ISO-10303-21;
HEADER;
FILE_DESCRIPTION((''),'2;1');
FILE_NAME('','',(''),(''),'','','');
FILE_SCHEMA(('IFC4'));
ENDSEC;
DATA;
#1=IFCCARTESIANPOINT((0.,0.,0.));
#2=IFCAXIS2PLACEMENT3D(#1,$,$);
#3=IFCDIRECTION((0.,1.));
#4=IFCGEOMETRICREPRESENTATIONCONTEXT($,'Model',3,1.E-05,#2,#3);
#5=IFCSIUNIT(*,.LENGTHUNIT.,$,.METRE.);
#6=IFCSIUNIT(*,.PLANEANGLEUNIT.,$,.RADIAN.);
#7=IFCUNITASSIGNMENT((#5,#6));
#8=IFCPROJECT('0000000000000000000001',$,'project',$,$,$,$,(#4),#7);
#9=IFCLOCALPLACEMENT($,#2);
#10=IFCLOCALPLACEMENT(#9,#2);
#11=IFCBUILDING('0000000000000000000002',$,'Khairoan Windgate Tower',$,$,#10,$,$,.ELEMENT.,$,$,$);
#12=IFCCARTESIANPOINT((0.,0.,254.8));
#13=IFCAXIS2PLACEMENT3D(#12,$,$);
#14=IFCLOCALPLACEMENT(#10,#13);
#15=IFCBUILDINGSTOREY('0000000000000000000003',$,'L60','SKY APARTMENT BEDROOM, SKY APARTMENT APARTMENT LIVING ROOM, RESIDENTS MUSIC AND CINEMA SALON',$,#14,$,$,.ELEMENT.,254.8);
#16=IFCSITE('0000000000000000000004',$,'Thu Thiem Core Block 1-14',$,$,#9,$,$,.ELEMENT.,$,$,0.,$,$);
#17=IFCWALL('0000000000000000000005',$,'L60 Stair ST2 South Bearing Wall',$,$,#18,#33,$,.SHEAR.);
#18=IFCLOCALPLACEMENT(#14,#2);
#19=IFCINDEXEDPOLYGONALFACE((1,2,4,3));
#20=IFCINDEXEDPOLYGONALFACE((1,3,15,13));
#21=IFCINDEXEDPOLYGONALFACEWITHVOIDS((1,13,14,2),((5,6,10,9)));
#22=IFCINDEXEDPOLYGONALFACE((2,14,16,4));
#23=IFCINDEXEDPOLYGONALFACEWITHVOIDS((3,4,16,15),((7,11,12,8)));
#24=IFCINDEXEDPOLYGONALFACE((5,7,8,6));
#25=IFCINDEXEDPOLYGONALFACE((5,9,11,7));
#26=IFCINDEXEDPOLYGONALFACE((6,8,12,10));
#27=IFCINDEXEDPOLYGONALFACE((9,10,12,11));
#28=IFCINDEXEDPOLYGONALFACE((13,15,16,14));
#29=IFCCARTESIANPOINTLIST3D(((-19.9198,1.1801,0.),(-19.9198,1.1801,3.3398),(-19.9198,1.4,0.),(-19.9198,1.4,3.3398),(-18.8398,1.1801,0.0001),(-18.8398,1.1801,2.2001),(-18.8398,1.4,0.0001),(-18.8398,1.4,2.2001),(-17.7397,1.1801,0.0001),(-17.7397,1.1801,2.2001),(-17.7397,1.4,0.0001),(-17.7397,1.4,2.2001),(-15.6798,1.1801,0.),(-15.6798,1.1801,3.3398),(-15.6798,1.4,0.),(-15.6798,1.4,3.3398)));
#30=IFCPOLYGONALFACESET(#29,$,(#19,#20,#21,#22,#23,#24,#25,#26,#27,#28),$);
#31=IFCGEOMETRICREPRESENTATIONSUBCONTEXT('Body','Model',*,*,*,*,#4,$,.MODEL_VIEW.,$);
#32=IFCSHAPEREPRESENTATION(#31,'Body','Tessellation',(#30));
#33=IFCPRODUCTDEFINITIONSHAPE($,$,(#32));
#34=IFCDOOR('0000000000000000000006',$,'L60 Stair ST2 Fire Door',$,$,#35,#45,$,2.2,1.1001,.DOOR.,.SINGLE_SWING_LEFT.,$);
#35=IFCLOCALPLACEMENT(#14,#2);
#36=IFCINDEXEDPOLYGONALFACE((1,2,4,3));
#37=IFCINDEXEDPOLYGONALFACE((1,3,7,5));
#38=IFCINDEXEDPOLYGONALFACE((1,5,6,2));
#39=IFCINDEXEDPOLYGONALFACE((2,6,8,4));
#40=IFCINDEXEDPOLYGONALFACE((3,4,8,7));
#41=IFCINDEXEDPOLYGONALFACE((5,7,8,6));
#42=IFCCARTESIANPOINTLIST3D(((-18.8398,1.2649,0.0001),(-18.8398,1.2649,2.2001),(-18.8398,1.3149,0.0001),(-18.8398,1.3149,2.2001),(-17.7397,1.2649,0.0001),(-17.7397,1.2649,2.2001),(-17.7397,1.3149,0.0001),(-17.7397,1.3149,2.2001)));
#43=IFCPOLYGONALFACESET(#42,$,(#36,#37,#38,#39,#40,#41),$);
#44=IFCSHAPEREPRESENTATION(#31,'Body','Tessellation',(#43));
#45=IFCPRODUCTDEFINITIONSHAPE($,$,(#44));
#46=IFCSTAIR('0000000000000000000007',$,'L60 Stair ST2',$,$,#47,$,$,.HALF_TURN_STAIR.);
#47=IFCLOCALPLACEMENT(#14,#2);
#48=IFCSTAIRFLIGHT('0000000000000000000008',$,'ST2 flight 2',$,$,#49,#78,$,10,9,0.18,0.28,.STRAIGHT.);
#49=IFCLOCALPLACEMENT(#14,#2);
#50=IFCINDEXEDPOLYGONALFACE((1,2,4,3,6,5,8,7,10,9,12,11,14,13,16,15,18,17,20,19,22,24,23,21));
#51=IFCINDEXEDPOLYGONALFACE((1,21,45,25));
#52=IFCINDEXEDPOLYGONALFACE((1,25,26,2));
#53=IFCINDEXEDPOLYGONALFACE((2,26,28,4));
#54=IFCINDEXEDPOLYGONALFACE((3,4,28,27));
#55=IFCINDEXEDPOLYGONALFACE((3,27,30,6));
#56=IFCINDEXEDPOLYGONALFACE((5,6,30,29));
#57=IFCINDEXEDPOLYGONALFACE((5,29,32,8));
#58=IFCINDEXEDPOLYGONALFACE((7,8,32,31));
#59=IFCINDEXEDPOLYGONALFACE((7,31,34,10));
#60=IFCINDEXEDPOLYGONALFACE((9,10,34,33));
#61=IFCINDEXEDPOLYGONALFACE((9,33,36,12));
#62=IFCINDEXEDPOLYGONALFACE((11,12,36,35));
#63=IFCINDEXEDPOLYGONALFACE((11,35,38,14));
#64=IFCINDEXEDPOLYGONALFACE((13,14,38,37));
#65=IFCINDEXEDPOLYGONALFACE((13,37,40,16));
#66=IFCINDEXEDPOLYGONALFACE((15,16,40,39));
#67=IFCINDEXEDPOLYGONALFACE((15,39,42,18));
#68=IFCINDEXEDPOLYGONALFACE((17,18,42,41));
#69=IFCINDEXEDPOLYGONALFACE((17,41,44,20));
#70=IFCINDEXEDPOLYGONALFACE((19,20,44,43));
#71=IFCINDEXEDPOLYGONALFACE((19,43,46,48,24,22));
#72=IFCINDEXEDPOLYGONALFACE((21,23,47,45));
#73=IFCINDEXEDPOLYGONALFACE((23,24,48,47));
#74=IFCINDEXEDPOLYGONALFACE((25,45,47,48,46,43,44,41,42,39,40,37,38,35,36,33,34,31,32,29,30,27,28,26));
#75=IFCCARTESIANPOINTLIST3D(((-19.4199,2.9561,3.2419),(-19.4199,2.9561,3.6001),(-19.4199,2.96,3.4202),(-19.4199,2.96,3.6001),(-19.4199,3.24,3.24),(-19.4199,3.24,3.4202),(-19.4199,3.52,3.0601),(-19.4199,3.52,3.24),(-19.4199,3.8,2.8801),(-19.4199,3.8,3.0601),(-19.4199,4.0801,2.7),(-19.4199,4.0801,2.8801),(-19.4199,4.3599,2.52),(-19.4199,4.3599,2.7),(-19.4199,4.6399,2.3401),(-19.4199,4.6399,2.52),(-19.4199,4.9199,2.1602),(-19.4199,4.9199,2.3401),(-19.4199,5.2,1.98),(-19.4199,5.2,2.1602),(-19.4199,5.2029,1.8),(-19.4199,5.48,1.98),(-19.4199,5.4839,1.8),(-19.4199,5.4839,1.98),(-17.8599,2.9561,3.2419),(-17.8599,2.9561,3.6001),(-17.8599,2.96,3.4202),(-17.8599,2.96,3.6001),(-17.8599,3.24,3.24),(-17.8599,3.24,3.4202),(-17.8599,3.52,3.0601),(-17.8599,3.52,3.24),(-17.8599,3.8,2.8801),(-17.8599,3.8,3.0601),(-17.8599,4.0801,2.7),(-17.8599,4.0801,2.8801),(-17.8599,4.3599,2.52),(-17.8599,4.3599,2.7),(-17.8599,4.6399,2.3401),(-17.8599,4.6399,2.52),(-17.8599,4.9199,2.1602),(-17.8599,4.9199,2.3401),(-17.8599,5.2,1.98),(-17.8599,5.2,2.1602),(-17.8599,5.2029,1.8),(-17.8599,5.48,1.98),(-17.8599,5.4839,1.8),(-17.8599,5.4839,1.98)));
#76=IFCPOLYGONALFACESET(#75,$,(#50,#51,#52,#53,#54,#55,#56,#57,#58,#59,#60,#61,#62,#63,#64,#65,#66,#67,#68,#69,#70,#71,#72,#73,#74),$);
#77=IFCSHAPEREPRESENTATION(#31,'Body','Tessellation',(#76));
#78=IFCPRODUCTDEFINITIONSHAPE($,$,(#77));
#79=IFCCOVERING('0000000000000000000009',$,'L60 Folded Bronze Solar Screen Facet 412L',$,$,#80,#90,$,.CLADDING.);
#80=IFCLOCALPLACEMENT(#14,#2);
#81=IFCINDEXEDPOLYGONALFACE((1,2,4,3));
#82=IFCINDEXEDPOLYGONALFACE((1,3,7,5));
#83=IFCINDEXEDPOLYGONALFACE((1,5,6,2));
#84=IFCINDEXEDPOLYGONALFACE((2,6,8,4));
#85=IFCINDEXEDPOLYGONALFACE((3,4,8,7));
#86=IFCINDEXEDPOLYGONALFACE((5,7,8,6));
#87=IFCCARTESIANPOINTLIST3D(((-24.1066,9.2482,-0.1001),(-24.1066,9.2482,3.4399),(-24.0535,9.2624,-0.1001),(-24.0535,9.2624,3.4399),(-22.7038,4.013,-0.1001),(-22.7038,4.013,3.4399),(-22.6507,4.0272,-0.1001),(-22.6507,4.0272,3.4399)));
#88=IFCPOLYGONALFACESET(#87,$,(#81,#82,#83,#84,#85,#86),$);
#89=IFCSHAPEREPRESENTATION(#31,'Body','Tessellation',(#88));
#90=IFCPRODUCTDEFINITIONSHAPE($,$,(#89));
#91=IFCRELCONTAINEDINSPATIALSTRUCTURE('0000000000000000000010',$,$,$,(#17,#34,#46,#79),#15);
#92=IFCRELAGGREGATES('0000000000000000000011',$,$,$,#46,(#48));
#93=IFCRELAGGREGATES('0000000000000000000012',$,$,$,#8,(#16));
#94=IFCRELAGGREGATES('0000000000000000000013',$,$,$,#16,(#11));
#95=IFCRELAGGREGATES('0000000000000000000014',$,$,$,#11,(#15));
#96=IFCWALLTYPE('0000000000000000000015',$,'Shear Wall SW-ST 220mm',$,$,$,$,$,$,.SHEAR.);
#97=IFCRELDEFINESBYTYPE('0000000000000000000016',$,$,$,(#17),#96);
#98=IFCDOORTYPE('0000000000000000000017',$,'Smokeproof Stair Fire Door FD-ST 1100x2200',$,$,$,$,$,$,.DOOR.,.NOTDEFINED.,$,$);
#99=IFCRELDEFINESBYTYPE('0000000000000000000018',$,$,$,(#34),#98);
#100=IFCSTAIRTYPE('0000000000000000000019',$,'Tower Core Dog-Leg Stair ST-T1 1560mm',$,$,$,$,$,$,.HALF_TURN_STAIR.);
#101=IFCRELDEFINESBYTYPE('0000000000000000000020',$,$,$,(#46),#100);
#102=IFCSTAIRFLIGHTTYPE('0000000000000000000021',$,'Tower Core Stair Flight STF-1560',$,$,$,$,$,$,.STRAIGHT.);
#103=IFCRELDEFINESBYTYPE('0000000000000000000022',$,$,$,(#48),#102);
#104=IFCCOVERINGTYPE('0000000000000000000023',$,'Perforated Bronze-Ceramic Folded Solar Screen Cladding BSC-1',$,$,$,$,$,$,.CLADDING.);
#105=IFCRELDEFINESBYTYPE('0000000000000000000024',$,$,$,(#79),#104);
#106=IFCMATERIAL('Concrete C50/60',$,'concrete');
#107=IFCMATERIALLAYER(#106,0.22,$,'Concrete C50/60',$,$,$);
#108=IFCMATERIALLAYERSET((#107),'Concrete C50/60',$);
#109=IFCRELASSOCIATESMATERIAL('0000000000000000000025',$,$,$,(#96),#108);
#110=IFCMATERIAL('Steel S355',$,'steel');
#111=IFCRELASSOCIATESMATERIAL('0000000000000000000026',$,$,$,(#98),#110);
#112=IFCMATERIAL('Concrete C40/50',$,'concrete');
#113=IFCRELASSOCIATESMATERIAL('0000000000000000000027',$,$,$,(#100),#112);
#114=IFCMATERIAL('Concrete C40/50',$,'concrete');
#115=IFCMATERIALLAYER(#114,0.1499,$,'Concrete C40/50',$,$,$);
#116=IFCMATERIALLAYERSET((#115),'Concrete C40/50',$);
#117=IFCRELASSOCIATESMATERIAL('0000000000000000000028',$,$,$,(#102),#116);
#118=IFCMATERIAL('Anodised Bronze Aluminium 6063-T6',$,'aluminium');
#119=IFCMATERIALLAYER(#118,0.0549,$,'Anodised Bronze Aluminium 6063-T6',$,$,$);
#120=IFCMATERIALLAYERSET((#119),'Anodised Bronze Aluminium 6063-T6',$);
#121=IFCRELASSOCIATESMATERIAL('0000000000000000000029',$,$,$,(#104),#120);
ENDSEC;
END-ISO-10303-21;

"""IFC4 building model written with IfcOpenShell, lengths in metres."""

from ifc_helpers import new_model, si_unit, direction, frame, frame_2d, origin, origin_2d, place, context, subcontext, project, spatial, polyline, rectangle, outline, extrude, material, layer, layer_set, type_object, element, fill, aggregate, save


model = new_model("IFC4")

# Units and contexts
model_context = context("Model", 3, precision=1e-05, world=origin(), true_north=direction((0.0, 1.0)))
body_context = subcontext(model_context, "Body", "Model", "MODEL_VIEW")
ifc_project = project(units=[si_unit("LENGTHUNIT", "METRE"), si_unit("PLANEANGLEUNIT", "RADIAN")], contexts=[model_context])

# Site, building, storey
site_placement = place(None, origin())
site = spatial("IfcSite", under=ifc_project, at=site_placement, Name="Thu Thiem Core Block 1-14", CompositionType="ELEMENT", RefElevation=0.0)
building_placement = place(site_placement, origin())
building = spatial("IfcBuilding", under=site, at=building_placement, Name="Khairoan Windgate Tower", CompositionType="ELEMENT")
storey_placement = place(building_placement, frame((0.0, 0.0, 254.8)))
storey = spatial("IfcBuildingStorey", under=building, at=storey_placement, Name="L60", Description="SKY APARTMENT BEDROOM, SKY APARTMENT APARTMENT LIVING ROOM, RESIDENTS MUSIC AND CINEMA SALON", CompositionType="ELEMENT", Elevation=254.8)

# Shared definitions
ifc_material_1 = material(Name="Concrete C50/60", Category="concrete")
ifc_layer_1 = layer(ifc_material_1, 0.22, Name="Concrete C50/60")
ifc_layer_set_1 = layer_set([ifc_layer_1], Name="Concrete C50/60")
wall_type = type_object("IfcWallType", Name="Shear Wall SW-ST 220mm", PredefinedType="SHEAR", material=ifc_layer_set_1)

# Wall, opening, door
wall_1_placement = place(storey_placement, frame((-19.9199, 1.29, 0.0), z_axis=(0.0, 0.0, 1.0), x_axis=(1.0, 0.0, 0.0)))
wall_1 = element("IfcWall", 1, at=wall_1_placement, inside=storey, type_object=wall_type, Name="L60 Stair ST2 South Bearing Wall", PredefinedType="SHEAR", context=body_context, shape_type="SweptSolid", body=[
    extrude(rectangle(XDim=4.24, YDim=0.22, at=frame_2d((2.1201, 0.0))), origin(), (0.0, 0.0, 1.0), 3.3398),
])
opening_placement = place(wall_1_placement, frame((1.0801, 0.0, 0.0)))
opening = element("IfcOpeningElement", 2, at=opening_placement, cuts=wall_1, PredefinedType="OPENING", context=body_context, shape_type="SweptSolid", body=[
    extrude(rectangle(XDim=1.1001, YDim=2.2, at=frame_2d((0.55, 1.1001))), frame((0.0, 0.1199, 0.0), z_axis=(0.0, -1.0, 0.0), x_axis=(1.0, 0.0, 0.0)), (0.0, 0.0, 1.0), 0.24),
])
ifc_material_2 = material(Name="Steel S355", Category="steel")
door_type = type_object("IfcDoorType", Name="Smokeproof Stair Fire Door FD-ST 1100x2200", OperationType="NOTDEFINED", PredefinedType="DOOR", material=ifc_material_2)
door_placement = place(opening_placement, origin())
door = element("IfcDoor", 3, at=door_placement, inside=storey, type_object=door_type, Name="L60 Stair ST2 Fire Door", OperationType="SINGLE_SWING_LEFT", OverallHeight=2.2, OverallWidth=1.1001, PredefinedType="DOOR", context=body_context, shape_type="SweptSolid", body=[
    extrude(rectangle(XDim=1.1001, YDim=2.2, at=frame_2d((0.55, 1.1001))), frame((0.0, 0.0249, 0.0), z_axis=(0.0, -1.0, 0.0), x_axis=(1.0, 0.0, 0.0)), (0.0, 0.0, 1.0), 0.05),
])
fill(opening, door)

# Stair, stair flight
ifc_material_3 = material(Name="Concrete C40/50", Category="concrete")
stair_type = type_object("IfcStairType", Name="Tower Core Dog-Leg Stair ST-T1 1560mm", PredefinedType="HALF_TURN_STAIR", material=ifc_material_3)
stair_placement = place(storey_placement, origin())
stair = element("IfcStair", 4, at=stair_placement, inside=storey, type_object=stair_type, Name="L60 Stair ST2", PredefinedType="HALF_TURN_STAIR")
ifc_material_4 = material(Name="Concrete C40/50", Category="concrete")
ifc_layer_2 = layer(ifc_material_4, 0.1499, Name="Concrete C40/50")
ifc_layer_set_2 = layer_set([ifc_layer_2], Name="Concrete C40/50")
stair_flight_type = type_object("IfcStairFlightType", Name="Tower Core Stair Flight STF-1560", PredefinedType="STRAIGHT", material=ifc_layer_set_2)
stair_flight_placement = place(storey_placement, frame((-18.6399, 5.48, 1.8), z_axis=(0.0, 0.0, 1.0), x_axis=(0.0, -1.0, 0.0)))
stair_flight = element("IfcStairFlight", 5, at=stair_flight_placement, type_object=stair_flight_type, Name="ST2 flight 2", NumberOfRisers=10, NumberOfTreads=9, PredefinedType="STRAIGHT", RiserHeight=0.18, TreadLength=0.28, context=body_context, shape_type="SweptSolid", body=[
    extrude(outline(polyline([(-0.0039, 0.0), (-0.0039, 0.1799), (0.0, 0.1799), (0.28, 0.1799), (0.28, 0.3601), (0.5601, 0.3601), (0.5601, 0.54), (0.8401, 0.54), (0.8401, 0.72), (1.1201, 0.72), (1.1201, 0.8999), (1.3999, 0.8999), (1.3999, 1.0801), (1.6799, 1.0801), (1.6799, 1.26), (1.96, 1.26), (1.96, 1.4399), (2.24, 1.4399), (2.24, 1.6201), (2.52, 1.6201), (2.52, 1.8), (2.5239, 1.8), (2.5239, 1.4419), (0.2771, 0.0), (-0.0039, 0.0)])), frame((0.0, 0.78, 0.0), z_axis=(0.0, -1.0, 0.0), x_axis=(1.0, 0.0, 0.0)), (0.0, 0.0, 1.0), 1.5601),
])
aggregate(stair, [stair_flight])

# Covering
ifc_material_5 = material(Name="Anodised Bronze Aluminium 6063-T6", Category="aluminium")
ifc_layer_3 = layer(ifc_material_5, 0.0549, Name="Anodised Bronze Aluminium 6063-T6")
ifc_layer_set_3 = layer_set([ifc_layer_3], Name="Anodised Bronze Aluminium 6063-T6")
covering_type = type_object("IfcCoveringType", Name="Perforated Bronze-Ceramic Folded Solar Screen Cladding BSC-1", PredefinedType="CLADDING", material=ifc_layer_set_3)
covering_placement = place(storey_placement, frame((-23.3787, 6.6377, -0.1001), z_axis=(0.0, 0.0, 1.0), x_axis=(-0.258819, 0.965926, 0.0)))
element("IfcCovering", 6, at=covering_placement, inside=storey, type_object=covering_type, Name="L60 Folded Bronze Solar Screen Facet 412L", PredefinedType="CLADDING", context=body_context, shape_type="SweptSolid", body=[
    extrude(rectangle(XDim=5.4199, YDim=0.0549, at=origin_2d()), origin(), (0.0, 0.0, 1.0), 3.54),
])

save(model, "model.ifc")
